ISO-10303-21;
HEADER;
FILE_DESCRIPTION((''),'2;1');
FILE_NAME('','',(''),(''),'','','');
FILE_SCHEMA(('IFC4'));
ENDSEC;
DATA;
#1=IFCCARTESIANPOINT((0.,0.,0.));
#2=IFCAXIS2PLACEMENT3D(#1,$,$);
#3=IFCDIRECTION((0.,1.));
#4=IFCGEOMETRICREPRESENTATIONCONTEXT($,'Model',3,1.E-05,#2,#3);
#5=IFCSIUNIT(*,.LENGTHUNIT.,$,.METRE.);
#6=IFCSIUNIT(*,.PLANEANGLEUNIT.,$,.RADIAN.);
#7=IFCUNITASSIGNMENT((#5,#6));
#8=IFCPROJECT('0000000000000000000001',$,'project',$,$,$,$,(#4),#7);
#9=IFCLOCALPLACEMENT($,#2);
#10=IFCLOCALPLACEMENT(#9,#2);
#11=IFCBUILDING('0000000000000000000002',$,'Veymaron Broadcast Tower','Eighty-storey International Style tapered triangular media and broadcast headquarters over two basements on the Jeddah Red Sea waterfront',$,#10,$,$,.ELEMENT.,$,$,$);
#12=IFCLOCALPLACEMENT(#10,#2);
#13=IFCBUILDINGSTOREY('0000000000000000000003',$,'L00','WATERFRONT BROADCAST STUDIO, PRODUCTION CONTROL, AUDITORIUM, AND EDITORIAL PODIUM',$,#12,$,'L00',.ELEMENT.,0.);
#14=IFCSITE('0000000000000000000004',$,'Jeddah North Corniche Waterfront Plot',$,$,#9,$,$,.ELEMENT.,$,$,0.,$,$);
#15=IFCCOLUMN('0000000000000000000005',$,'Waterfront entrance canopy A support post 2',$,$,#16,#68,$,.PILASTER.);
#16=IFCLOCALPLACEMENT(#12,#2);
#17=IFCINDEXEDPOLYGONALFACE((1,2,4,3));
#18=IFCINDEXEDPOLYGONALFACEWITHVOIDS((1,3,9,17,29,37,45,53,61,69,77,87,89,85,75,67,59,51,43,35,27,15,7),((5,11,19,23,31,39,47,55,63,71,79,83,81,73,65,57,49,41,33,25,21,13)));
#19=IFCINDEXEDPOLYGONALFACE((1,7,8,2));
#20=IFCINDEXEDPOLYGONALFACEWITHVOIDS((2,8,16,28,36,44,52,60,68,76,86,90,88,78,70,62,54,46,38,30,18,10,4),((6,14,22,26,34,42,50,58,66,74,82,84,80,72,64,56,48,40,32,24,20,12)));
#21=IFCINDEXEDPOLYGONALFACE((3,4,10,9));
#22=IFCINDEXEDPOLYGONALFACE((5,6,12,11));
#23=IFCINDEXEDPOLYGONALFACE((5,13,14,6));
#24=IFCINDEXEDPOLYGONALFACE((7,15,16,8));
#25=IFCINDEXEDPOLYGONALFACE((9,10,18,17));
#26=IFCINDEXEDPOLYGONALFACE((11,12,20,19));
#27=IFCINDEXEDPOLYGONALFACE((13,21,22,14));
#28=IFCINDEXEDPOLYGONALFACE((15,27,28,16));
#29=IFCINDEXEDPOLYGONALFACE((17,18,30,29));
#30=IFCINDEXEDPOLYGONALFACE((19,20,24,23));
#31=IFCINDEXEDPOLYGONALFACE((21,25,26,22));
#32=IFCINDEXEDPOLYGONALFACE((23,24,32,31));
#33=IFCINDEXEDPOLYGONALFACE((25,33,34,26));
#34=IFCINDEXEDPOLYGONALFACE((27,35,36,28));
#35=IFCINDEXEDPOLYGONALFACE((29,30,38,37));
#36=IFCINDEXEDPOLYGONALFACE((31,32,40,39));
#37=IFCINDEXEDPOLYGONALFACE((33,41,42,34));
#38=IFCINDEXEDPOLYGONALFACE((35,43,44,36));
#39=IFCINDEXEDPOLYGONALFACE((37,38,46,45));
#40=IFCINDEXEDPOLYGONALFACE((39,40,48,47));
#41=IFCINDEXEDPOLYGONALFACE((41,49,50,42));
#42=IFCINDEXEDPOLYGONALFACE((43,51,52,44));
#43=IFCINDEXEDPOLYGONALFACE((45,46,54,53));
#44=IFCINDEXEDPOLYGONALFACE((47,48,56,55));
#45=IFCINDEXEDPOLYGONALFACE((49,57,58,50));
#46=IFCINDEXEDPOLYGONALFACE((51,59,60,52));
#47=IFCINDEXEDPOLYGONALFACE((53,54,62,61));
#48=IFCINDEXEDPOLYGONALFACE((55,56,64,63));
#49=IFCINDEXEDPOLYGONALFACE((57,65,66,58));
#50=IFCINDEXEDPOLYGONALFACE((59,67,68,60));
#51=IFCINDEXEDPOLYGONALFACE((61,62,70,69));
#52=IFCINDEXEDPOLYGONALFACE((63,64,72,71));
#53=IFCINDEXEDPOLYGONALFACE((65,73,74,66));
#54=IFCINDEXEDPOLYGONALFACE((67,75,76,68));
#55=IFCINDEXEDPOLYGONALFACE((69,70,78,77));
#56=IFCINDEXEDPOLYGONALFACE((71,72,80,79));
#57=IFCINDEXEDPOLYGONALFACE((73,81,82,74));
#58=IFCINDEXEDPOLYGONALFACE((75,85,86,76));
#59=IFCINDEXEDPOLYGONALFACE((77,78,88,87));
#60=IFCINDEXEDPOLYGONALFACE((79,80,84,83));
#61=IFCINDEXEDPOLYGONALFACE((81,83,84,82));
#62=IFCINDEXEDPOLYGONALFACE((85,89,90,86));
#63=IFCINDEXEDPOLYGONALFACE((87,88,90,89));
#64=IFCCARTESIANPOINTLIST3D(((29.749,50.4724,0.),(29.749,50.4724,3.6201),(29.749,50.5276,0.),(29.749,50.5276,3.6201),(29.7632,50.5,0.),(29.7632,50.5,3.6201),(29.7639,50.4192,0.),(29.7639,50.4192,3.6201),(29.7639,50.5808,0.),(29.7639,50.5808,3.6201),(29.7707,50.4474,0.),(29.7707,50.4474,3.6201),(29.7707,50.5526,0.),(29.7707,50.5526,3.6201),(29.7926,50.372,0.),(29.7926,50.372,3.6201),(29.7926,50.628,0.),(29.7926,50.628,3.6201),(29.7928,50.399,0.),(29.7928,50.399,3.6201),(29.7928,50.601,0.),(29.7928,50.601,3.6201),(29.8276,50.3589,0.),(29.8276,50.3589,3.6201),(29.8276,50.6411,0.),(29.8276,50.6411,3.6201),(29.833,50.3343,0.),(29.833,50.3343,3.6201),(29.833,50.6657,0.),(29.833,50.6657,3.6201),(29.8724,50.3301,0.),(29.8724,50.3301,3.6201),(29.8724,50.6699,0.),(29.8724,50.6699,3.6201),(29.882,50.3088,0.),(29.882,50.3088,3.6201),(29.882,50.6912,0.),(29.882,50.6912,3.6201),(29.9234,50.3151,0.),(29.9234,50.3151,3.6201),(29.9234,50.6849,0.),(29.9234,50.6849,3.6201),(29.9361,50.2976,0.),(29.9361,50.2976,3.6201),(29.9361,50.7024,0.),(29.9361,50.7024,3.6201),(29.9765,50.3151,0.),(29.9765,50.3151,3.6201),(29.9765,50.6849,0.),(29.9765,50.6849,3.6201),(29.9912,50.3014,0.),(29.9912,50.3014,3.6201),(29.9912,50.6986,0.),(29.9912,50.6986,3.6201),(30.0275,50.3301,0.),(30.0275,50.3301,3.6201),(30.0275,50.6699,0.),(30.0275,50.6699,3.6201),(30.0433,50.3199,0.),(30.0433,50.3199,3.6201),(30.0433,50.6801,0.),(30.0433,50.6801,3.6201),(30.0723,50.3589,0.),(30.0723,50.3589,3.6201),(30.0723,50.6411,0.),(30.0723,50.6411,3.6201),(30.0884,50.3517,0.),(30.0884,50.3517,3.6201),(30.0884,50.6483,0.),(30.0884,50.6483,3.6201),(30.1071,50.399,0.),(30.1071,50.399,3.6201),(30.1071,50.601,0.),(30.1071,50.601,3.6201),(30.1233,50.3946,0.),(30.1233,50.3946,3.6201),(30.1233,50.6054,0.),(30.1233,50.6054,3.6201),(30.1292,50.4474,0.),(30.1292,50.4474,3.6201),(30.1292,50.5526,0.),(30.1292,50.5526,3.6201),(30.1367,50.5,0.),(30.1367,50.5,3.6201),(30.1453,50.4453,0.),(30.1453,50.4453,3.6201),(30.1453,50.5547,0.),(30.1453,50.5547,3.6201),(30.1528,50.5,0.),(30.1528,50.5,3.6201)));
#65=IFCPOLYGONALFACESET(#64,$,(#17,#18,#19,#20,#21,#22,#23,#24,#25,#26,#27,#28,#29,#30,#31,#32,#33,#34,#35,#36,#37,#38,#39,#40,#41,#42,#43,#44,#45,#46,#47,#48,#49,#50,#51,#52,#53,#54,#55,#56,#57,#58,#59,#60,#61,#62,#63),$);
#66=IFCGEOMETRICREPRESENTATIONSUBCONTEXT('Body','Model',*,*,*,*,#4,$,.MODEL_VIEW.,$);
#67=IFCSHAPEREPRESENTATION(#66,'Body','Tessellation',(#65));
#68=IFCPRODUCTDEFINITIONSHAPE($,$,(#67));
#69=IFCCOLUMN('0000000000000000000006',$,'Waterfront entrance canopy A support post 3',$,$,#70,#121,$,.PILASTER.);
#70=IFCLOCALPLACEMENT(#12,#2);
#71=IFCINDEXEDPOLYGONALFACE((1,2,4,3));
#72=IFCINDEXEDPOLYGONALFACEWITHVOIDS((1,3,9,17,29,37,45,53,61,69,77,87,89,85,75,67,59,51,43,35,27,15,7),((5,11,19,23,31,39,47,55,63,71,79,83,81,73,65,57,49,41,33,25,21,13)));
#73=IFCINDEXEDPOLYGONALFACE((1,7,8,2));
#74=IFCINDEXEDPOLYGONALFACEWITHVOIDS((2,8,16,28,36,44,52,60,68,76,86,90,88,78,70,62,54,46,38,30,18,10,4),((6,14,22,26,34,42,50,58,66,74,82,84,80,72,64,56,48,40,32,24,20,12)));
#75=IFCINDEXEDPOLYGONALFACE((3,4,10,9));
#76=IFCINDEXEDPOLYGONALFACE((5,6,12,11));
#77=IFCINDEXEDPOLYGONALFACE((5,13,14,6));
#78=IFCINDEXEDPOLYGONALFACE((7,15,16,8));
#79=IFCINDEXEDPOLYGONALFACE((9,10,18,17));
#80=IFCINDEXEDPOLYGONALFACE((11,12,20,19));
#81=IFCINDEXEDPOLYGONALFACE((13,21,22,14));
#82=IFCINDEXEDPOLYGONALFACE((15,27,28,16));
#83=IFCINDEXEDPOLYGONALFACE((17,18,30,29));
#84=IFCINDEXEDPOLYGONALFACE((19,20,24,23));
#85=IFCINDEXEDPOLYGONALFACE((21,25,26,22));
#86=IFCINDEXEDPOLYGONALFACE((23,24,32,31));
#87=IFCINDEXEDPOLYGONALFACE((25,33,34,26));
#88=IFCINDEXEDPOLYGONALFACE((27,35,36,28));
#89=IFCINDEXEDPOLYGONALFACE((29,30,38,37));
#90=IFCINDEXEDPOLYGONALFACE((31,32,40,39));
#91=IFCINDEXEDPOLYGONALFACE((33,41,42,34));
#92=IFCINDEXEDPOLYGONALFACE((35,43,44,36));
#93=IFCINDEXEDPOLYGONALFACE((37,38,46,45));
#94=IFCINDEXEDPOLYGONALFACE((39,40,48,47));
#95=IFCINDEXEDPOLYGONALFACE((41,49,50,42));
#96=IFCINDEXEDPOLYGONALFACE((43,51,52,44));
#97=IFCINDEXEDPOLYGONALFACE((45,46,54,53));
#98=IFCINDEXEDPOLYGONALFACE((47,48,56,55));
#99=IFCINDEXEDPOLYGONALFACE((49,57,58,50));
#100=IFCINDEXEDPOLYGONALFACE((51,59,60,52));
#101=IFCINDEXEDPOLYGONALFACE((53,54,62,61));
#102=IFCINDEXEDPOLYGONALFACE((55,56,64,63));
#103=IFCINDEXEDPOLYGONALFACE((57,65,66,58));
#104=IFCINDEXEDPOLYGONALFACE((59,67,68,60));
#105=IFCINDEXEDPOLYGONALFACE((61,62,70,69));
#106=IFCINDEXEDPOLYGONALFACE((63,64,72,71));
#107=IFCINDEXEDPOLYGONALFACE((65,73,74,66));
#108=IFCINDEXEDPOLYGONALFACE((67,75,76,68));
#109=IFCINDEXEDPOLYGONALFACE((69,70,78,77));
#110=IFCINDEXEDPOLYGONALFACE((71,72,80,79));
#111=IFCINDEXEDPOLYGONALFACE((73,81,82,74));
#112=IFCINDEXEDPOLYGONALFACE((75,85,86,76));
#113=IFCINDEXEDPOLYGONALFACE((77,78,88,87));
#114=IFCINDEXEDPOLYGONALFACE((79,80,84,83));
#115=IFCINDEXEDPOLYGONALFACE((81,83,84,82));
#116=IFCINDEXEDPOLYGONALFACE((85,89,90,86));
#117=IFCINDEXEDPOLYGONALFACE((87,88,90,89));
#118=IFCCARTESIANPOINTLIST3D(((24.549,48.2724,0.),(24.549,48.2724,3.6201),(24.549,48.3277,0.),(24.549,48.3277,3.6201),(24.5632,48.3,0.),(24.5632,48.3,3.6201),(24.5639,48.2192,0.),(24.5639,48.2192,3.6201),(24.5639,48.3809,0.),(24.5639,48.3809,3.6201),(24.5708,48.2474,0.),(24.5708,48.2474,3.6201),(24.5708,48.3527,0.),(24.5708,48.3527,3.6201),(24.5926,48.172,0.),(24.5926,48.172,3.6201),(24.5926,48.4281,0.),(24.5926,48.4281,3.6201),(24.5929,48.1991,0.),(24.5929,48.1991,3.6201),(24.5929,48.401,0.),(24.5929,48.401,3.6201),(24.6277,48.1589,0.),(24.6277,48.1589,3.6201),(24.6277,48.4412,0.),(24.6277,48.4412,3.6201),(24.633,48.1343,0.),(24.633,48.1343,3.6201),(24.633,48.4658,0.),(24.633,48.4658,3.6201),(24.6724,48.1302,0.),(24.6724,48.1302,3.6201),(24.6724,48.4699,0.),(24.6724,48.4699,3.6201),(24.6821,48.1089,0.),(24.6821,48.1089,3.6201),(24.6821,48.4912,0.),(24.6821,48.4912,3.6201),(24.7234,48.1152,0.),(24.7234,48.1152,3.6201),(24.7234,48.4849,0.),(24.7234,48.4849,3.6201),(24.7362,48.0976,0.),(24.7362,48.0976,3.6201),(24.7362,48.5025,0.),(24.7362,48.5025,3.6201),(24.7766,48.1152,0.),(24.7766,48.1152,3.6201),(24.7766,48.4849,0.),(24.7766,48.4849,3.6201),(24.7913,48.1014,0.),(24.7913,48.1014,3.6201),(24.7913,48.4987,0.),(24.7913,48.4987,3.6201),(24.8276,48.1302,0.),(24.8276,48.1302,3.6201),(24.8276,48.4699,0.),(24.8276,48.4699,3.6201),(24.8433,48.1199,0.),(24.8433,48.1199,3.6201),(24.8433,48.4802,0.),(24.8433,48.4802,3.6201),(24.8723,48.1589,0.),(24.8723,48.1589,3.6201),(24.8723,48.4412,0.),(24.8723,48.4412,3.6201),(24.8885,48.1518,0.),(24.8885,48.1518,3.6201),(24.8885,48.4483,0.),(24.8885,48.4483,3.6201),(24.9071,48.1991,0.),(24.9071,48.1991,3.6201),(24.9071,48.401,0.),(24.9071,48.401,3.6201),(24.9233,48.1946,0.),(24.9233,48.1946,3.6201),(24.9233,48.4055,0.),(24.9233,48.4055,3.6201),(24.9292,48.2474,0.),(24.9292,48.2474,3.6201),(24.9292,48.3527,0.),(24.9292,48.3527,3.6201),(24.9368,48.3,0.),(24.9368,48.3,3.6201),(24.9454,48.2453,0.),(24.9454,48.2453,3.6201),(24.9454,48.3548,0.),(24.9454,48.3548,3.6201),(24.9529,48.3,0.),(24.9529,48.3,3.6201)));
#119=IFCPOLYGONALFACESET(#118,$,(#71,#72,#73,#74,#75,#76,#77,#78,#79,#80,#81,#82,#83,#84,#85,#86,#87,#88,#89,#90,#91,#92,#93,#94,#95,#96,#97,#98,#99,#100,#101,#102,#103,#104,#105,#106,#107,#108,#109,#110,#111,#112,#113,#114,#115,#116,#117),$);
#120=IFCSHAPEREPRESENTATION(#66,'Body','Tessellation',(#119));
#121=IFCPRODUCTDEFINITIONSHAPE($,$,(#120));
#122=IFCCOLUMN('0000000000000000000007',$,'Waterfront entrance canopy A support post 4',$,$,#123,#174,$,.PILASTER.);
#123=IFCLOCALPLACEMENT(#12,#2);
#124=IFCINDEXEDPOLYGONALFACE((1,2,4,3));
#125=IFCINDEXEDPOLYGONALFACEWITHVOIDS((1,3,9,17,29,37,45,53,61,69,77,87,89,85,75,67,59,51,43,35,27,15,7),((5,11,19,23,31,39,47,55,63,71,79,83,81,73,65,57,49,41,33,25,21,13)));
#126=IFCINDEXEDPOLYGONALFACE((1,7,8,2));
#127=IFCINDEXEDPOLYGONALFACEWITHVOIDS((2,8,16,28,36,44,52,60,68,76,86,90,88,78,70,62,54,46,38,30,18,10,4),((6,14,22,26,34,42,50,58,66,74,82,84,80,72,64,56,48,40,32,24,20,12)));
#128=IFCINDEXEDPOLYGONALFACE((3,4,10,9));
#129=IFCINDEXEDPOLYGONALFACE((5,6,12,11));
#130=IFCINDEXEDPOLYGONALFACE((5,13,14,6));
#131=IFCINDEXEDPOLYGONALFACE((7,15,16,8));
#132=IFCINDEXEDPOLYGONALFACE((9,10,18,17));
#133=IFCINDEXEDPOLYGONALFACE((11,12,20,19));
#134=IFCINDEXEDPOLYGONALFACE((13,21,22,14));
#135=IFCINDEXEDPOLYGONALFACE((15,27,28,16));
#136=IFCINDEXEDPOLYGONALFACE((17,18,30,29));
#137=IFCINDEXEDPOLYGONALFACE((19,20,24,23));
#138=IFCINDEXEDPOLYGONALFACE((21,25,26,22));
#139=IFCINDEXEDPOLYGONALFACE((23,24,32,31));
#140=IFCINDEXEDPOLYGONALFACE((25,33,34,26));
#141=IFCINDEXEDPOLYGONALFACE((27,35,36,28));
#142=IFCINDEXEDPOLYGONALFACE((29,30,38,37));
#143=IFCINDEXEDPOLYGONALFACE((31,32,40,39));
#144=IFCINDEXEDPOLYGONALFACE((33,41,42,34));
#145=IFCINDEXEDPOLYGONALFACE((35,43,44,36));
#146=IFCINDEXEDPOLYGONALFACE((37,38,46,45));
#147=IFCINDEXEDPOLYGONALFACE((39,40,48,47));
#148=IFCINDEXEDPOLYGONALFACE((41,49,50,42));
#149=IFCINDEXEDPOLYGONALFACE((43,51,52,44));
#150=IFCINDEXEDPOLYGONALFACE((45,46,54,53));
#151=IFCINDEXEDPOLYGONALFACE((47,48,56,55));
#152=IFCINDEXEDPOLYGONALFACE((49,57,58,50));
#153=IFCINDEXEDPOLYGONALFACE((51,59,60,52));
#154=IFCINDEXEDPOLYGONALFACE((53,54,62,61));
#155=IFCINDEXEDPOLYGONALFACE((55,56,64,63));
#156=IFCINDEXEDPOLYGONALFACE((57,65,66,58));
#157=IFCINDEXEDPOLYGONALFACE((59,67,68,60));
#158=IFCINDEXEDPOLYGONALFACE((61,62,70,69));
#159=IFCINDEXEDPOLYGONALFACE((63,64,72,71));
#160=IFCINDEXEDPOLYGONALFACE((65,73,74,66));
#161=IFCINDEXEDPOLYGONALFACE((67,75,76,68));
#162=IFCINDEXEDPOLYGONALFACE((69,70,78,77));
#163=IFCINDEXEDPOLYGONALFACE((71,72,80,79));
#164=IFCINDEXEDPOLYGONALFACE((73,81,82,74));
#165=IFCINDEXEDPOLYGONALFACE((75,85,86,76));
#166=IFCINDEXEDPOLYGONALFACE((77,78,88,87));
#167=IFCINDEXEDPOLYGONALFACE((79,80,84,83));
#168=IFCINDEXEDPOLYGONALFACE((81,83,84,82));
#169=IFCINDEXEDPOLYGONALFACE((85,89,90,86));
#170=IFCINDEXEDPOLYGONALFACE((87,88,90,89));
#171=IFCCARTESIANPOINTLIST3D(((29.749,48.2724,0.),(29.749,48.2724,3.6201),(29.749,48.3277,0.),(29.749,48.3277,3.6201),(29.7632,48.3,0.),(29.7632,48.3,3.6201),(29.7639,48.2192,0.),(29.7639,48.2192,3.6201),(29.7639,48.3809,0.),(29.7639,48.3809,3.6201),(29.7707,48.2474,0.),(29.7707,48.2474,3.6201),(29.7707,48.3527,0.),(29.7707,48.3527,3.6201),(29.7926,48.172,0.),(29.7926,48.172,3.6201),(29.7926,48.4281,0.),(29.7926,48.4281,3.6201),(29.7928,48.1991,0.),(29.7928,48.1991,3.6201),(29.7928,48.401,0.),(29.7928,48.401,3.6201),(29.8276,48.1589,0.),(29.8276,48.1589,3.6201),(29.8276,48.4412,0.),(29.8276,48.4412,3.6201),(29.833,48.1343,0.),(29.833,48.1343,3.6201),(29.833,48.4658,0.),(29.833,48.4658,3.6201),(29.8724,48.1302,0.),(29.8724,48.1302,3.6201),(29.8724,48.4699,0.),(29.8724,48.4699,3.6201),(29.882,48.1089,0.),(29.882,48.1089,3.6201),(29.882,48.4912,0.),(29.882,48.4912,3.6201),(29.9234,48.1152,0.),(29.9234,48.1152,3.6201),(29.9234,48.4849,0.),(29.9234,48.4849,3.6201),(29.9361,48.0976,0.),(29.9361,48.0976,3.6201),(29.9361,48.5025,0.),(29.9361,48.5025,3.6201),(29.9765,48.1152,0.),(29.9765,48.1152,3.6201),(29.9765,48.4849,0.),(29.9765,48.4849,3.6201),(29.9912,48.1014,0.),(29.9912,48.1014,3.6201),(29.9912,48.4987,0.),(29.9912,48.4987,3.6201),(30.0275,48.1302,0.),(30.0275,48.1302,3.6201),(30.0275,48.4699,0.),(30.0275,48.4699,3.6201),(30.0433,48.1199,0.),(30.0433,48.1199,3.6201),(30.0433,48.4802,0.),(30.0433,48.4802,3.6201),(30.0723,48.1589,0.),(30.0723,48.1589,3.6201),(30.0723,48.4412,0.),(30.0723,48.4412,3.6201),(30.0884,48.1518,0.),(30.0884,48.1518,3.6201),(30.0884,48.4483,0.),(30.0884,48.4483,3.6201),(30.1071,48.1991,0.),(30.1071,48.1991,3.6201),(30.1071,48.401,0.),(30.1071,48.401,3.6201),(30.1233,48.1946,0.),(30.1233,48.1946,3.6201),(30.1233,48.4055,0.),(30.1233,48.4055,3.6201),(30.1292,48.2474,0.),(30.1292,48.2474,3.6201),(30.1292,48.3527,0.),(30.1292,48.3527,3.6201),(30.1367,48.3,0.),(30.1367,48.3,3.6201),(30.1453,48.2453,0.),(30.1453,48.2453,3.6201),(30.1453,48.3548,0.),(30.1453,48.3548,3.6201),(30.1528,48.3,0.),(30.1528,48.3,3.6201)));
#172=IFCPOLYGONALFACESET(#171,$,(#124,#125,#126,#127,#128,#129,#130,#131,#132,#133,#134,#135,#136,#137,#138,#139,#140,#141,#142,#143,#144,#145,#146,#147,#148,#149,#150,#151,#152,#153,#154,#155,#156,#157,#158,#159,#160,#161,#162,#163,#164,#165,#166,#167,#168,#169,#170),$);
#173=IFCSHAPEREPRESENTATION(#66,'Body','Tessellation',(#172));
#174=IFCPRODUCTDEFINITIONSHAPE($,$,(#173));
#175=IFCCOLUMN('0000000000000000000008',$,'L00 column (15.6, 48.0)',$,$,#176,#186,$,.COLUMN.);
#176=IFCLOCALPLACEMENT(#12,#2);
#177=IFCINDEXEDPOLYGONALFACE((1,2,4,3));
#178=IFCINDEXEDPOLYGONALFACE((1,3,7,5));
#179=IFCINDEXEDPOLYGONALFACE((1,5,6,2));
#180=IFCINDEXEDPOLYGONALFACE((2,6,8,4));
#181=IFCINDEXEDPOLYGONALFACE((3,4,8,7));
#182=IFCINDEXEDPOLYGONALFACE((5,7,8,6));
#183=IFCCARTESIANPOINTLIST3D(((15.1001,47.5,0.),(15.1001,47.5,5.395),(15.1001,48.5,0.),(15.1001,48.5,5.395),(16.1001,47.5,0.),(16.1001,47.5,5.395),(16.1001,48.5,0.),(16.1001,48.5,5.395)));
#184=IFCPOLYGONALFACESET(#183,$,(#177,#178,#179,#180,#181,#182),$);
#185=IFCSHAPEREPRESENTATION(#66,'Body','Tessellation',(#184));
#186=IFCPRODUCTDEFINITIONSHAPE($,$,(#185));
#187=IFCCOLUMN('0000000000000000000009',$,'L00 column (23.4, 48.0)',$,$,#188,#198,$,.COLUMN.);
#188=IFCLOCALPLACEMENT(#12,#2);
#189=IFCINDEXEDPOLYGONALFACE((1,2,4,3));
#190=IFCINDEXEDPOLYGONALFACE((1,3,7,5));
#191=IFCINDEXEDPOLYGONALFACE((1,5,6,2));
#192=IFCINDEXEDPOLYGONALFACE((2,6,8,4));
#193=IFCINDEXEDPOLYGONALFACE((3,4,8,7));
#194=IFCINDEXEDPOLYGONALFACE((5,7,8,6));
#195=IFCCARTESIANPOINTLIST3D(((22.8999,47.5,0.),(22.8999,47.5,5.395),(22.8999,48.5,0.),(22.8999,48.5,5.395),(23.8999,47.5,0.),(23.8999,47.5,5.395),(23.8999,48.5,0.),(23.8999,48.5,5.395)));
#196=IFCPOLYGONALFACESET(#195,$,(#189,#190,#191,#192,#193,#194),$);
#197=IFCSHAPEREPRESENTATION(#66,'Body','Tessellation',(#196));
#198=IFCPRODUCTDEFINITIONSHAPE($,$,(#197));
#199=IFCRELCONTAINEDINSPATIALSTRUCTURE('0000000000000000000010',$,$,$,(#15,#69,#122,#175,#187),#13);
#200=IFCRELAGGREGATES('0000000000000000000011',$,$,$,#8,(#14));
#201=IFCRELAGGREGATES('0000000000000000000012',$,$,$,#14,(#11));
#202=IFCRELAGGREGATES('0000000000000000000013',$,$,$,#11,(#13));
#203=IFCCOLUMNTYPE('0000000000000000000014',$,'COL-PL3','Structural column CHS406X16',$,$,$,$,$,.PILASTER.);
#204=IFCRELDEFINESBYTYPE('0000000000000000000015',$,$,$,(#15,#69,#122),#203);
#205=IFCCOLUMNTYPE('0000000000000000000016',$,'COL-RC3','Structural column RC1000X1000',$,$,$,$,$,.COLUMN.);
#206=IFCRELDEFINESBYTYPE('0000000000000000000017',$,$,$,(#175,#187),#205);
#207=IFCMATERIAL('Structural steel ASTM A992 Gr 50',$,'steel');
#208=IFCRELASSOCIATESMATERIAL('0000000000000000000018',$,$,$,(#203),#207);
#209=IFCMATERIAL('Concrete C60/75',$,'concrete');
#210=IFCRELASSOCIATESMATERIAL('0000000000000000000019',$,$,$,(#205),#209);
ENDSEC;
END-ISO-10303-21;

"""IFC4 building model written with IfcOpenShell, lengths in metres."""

from ifc_helpers import new_model, si_unit, direction, frame, origin, origin_2d, place, context, subcontext, project, spatial, rectangle, hollow_circle, extrude, material, material_profile, profile_set, type_object, element, save


model = new_model("IFC4")

# Units and contexts
model_context = context("Model", 3, precision=1e-05, world=origin(), true_north=direction((0.0, 1.0)))
body_context = subcontext(model_context, "Body", "Model", "MODEL_VIEW")
ifc_project = project(units=[si_unit("LENGTHUNIT", "METRE"), si_unit("PLANEANGLEUNIT", "RADIAN")], contexts=[model_context])

# Site, building, storey
site_placement = place(None, origin())
site = spatial("IfcSite", under=ifc_project, at=site_placement, Name="Jeddah North Corniche Waterfront Plot", CompositionType="ELEMENT", RefElevation=0.0)
building_placement = place(site_placement, origin())
building = spatial("IfcBuilding", under=site, at=building_placement, Name="Veymaron Broadcast Tower", Description="Eighty-storey International Style tapered triangular media and broadcast headquarters over two basements on the Jeddah Red Sea waterfront", CompositionType="ELEMENT")
storey_placement = place(building_placement, origin())
storey = spatial("IfcBuildingStorey", under=building, at=storey_placement, Name="L00", Description="WATERFRONT BROADCAST STUDIO, PRODUCTION CONTROL, AUDITORIUM, AND EDITORIAL PODIUM", LongName="L00", CompositionType="ELEMENT", Elevation=0.0)

# Columns
ifc_material_1 = material(Name="Structural steel ASTM A992 Gr 50", Category="steel")
ifc_material_profile_1 = material_profile(ifc_material_1, hollow_circle(Radius=0.2029, WallThickness=0.0161, at=origin_2d()), Name="CHS406X16")
ifc_profile_set_1 = profile_set([ifc_material_profile_1], Name="Structural steel ASTM A992 Gr 50")
column_type_1 = type_object("IfcColumnType", Name="COL-PL3", Description="Structural column CHS406X16", PredefinedType="PILASTER", material=ifc_profile_set_1)
for number, where, z_axis, x_axis, name in (
    (1, (29.95, 50.5, 0.0), (0.0, 0.0, 1.0), (1.0, 0.0, 0.0), "Waterfront entrance canopy A support post 2"),
    (2, (24.75, 48.3, 0.0), (0.0, 0.0, 1.0), (1.0, 0.0, 0.0), "Waterfront entrance canopy A support post 3"),
    (3, (29.95, 48.3, 0.0), (0.0, 0.0, 1.0), (1.0, 0.0, 0.0), "Waterfront entrance canopy A support post 4"),
):
    element("IfcColumn", number, at=place(storey_placement, frame(where, z_axis=z_axis, x_axis=x_axis)), inside=storey, type_object=column_type_1, Name=name, PredefinedType="PILASTER", context=body_context, shape_type="SweptSolid", body=[
        extrude(hollow_circle(Radius=0.2029, WallThickness=0.0161, at=origin_2d()), origin(), (0.0, 0.0, 1.0), 3.6201),
    ])
ifc_material_2 = material(Name="Concrete C60/75", Category="concrete")
ifc_material_profile_2 = material_profile(ifc_material_2, rectangle(XDim=1.0, YDim=1.0, at=origin_2d()), Name="RC1000X1000")
ifc_profile_set_2 = profile_set([ifc_material_profile_2], Name="Concrete C60/75")
column_type_2 = type_object("IfcColumnType", Name="COL-RC3", Description="Structural column RC1000X1000", PredefinedType="COLUMN", material=ifc_profile_set_2)
for number, where, z_axis, x_axis, name in (
    (4, (15.6001, 48.0, 0.0), (0.0, 0.0, 1.0), (1.0, 0.0, 0.0), "L00 column (15.6, 48.0)"),
    (5, (23.3999, 48.0, 0.0), (0.0, 0.0, 1.0), (1.0, 0.0, 0.0), "L00 column (23.4, 48.0)"),
):
    element("IfcColumn", number, at=place(storey_placement, frame(where, z_axis=z_axis, x_axis=x_axis)), inside=storey, type_object=column_type_2, Name=name, PredefinedType="COLUMN", context=body_context, shape_type="SweptSolid", body=[
        extrude(rectangle(XDim=1.0, YDim=1.0, at=origin_2d()), origin(), (0.0, 0.0, 1.0), 5.395),
    ])

save(model, "model.ifc")
